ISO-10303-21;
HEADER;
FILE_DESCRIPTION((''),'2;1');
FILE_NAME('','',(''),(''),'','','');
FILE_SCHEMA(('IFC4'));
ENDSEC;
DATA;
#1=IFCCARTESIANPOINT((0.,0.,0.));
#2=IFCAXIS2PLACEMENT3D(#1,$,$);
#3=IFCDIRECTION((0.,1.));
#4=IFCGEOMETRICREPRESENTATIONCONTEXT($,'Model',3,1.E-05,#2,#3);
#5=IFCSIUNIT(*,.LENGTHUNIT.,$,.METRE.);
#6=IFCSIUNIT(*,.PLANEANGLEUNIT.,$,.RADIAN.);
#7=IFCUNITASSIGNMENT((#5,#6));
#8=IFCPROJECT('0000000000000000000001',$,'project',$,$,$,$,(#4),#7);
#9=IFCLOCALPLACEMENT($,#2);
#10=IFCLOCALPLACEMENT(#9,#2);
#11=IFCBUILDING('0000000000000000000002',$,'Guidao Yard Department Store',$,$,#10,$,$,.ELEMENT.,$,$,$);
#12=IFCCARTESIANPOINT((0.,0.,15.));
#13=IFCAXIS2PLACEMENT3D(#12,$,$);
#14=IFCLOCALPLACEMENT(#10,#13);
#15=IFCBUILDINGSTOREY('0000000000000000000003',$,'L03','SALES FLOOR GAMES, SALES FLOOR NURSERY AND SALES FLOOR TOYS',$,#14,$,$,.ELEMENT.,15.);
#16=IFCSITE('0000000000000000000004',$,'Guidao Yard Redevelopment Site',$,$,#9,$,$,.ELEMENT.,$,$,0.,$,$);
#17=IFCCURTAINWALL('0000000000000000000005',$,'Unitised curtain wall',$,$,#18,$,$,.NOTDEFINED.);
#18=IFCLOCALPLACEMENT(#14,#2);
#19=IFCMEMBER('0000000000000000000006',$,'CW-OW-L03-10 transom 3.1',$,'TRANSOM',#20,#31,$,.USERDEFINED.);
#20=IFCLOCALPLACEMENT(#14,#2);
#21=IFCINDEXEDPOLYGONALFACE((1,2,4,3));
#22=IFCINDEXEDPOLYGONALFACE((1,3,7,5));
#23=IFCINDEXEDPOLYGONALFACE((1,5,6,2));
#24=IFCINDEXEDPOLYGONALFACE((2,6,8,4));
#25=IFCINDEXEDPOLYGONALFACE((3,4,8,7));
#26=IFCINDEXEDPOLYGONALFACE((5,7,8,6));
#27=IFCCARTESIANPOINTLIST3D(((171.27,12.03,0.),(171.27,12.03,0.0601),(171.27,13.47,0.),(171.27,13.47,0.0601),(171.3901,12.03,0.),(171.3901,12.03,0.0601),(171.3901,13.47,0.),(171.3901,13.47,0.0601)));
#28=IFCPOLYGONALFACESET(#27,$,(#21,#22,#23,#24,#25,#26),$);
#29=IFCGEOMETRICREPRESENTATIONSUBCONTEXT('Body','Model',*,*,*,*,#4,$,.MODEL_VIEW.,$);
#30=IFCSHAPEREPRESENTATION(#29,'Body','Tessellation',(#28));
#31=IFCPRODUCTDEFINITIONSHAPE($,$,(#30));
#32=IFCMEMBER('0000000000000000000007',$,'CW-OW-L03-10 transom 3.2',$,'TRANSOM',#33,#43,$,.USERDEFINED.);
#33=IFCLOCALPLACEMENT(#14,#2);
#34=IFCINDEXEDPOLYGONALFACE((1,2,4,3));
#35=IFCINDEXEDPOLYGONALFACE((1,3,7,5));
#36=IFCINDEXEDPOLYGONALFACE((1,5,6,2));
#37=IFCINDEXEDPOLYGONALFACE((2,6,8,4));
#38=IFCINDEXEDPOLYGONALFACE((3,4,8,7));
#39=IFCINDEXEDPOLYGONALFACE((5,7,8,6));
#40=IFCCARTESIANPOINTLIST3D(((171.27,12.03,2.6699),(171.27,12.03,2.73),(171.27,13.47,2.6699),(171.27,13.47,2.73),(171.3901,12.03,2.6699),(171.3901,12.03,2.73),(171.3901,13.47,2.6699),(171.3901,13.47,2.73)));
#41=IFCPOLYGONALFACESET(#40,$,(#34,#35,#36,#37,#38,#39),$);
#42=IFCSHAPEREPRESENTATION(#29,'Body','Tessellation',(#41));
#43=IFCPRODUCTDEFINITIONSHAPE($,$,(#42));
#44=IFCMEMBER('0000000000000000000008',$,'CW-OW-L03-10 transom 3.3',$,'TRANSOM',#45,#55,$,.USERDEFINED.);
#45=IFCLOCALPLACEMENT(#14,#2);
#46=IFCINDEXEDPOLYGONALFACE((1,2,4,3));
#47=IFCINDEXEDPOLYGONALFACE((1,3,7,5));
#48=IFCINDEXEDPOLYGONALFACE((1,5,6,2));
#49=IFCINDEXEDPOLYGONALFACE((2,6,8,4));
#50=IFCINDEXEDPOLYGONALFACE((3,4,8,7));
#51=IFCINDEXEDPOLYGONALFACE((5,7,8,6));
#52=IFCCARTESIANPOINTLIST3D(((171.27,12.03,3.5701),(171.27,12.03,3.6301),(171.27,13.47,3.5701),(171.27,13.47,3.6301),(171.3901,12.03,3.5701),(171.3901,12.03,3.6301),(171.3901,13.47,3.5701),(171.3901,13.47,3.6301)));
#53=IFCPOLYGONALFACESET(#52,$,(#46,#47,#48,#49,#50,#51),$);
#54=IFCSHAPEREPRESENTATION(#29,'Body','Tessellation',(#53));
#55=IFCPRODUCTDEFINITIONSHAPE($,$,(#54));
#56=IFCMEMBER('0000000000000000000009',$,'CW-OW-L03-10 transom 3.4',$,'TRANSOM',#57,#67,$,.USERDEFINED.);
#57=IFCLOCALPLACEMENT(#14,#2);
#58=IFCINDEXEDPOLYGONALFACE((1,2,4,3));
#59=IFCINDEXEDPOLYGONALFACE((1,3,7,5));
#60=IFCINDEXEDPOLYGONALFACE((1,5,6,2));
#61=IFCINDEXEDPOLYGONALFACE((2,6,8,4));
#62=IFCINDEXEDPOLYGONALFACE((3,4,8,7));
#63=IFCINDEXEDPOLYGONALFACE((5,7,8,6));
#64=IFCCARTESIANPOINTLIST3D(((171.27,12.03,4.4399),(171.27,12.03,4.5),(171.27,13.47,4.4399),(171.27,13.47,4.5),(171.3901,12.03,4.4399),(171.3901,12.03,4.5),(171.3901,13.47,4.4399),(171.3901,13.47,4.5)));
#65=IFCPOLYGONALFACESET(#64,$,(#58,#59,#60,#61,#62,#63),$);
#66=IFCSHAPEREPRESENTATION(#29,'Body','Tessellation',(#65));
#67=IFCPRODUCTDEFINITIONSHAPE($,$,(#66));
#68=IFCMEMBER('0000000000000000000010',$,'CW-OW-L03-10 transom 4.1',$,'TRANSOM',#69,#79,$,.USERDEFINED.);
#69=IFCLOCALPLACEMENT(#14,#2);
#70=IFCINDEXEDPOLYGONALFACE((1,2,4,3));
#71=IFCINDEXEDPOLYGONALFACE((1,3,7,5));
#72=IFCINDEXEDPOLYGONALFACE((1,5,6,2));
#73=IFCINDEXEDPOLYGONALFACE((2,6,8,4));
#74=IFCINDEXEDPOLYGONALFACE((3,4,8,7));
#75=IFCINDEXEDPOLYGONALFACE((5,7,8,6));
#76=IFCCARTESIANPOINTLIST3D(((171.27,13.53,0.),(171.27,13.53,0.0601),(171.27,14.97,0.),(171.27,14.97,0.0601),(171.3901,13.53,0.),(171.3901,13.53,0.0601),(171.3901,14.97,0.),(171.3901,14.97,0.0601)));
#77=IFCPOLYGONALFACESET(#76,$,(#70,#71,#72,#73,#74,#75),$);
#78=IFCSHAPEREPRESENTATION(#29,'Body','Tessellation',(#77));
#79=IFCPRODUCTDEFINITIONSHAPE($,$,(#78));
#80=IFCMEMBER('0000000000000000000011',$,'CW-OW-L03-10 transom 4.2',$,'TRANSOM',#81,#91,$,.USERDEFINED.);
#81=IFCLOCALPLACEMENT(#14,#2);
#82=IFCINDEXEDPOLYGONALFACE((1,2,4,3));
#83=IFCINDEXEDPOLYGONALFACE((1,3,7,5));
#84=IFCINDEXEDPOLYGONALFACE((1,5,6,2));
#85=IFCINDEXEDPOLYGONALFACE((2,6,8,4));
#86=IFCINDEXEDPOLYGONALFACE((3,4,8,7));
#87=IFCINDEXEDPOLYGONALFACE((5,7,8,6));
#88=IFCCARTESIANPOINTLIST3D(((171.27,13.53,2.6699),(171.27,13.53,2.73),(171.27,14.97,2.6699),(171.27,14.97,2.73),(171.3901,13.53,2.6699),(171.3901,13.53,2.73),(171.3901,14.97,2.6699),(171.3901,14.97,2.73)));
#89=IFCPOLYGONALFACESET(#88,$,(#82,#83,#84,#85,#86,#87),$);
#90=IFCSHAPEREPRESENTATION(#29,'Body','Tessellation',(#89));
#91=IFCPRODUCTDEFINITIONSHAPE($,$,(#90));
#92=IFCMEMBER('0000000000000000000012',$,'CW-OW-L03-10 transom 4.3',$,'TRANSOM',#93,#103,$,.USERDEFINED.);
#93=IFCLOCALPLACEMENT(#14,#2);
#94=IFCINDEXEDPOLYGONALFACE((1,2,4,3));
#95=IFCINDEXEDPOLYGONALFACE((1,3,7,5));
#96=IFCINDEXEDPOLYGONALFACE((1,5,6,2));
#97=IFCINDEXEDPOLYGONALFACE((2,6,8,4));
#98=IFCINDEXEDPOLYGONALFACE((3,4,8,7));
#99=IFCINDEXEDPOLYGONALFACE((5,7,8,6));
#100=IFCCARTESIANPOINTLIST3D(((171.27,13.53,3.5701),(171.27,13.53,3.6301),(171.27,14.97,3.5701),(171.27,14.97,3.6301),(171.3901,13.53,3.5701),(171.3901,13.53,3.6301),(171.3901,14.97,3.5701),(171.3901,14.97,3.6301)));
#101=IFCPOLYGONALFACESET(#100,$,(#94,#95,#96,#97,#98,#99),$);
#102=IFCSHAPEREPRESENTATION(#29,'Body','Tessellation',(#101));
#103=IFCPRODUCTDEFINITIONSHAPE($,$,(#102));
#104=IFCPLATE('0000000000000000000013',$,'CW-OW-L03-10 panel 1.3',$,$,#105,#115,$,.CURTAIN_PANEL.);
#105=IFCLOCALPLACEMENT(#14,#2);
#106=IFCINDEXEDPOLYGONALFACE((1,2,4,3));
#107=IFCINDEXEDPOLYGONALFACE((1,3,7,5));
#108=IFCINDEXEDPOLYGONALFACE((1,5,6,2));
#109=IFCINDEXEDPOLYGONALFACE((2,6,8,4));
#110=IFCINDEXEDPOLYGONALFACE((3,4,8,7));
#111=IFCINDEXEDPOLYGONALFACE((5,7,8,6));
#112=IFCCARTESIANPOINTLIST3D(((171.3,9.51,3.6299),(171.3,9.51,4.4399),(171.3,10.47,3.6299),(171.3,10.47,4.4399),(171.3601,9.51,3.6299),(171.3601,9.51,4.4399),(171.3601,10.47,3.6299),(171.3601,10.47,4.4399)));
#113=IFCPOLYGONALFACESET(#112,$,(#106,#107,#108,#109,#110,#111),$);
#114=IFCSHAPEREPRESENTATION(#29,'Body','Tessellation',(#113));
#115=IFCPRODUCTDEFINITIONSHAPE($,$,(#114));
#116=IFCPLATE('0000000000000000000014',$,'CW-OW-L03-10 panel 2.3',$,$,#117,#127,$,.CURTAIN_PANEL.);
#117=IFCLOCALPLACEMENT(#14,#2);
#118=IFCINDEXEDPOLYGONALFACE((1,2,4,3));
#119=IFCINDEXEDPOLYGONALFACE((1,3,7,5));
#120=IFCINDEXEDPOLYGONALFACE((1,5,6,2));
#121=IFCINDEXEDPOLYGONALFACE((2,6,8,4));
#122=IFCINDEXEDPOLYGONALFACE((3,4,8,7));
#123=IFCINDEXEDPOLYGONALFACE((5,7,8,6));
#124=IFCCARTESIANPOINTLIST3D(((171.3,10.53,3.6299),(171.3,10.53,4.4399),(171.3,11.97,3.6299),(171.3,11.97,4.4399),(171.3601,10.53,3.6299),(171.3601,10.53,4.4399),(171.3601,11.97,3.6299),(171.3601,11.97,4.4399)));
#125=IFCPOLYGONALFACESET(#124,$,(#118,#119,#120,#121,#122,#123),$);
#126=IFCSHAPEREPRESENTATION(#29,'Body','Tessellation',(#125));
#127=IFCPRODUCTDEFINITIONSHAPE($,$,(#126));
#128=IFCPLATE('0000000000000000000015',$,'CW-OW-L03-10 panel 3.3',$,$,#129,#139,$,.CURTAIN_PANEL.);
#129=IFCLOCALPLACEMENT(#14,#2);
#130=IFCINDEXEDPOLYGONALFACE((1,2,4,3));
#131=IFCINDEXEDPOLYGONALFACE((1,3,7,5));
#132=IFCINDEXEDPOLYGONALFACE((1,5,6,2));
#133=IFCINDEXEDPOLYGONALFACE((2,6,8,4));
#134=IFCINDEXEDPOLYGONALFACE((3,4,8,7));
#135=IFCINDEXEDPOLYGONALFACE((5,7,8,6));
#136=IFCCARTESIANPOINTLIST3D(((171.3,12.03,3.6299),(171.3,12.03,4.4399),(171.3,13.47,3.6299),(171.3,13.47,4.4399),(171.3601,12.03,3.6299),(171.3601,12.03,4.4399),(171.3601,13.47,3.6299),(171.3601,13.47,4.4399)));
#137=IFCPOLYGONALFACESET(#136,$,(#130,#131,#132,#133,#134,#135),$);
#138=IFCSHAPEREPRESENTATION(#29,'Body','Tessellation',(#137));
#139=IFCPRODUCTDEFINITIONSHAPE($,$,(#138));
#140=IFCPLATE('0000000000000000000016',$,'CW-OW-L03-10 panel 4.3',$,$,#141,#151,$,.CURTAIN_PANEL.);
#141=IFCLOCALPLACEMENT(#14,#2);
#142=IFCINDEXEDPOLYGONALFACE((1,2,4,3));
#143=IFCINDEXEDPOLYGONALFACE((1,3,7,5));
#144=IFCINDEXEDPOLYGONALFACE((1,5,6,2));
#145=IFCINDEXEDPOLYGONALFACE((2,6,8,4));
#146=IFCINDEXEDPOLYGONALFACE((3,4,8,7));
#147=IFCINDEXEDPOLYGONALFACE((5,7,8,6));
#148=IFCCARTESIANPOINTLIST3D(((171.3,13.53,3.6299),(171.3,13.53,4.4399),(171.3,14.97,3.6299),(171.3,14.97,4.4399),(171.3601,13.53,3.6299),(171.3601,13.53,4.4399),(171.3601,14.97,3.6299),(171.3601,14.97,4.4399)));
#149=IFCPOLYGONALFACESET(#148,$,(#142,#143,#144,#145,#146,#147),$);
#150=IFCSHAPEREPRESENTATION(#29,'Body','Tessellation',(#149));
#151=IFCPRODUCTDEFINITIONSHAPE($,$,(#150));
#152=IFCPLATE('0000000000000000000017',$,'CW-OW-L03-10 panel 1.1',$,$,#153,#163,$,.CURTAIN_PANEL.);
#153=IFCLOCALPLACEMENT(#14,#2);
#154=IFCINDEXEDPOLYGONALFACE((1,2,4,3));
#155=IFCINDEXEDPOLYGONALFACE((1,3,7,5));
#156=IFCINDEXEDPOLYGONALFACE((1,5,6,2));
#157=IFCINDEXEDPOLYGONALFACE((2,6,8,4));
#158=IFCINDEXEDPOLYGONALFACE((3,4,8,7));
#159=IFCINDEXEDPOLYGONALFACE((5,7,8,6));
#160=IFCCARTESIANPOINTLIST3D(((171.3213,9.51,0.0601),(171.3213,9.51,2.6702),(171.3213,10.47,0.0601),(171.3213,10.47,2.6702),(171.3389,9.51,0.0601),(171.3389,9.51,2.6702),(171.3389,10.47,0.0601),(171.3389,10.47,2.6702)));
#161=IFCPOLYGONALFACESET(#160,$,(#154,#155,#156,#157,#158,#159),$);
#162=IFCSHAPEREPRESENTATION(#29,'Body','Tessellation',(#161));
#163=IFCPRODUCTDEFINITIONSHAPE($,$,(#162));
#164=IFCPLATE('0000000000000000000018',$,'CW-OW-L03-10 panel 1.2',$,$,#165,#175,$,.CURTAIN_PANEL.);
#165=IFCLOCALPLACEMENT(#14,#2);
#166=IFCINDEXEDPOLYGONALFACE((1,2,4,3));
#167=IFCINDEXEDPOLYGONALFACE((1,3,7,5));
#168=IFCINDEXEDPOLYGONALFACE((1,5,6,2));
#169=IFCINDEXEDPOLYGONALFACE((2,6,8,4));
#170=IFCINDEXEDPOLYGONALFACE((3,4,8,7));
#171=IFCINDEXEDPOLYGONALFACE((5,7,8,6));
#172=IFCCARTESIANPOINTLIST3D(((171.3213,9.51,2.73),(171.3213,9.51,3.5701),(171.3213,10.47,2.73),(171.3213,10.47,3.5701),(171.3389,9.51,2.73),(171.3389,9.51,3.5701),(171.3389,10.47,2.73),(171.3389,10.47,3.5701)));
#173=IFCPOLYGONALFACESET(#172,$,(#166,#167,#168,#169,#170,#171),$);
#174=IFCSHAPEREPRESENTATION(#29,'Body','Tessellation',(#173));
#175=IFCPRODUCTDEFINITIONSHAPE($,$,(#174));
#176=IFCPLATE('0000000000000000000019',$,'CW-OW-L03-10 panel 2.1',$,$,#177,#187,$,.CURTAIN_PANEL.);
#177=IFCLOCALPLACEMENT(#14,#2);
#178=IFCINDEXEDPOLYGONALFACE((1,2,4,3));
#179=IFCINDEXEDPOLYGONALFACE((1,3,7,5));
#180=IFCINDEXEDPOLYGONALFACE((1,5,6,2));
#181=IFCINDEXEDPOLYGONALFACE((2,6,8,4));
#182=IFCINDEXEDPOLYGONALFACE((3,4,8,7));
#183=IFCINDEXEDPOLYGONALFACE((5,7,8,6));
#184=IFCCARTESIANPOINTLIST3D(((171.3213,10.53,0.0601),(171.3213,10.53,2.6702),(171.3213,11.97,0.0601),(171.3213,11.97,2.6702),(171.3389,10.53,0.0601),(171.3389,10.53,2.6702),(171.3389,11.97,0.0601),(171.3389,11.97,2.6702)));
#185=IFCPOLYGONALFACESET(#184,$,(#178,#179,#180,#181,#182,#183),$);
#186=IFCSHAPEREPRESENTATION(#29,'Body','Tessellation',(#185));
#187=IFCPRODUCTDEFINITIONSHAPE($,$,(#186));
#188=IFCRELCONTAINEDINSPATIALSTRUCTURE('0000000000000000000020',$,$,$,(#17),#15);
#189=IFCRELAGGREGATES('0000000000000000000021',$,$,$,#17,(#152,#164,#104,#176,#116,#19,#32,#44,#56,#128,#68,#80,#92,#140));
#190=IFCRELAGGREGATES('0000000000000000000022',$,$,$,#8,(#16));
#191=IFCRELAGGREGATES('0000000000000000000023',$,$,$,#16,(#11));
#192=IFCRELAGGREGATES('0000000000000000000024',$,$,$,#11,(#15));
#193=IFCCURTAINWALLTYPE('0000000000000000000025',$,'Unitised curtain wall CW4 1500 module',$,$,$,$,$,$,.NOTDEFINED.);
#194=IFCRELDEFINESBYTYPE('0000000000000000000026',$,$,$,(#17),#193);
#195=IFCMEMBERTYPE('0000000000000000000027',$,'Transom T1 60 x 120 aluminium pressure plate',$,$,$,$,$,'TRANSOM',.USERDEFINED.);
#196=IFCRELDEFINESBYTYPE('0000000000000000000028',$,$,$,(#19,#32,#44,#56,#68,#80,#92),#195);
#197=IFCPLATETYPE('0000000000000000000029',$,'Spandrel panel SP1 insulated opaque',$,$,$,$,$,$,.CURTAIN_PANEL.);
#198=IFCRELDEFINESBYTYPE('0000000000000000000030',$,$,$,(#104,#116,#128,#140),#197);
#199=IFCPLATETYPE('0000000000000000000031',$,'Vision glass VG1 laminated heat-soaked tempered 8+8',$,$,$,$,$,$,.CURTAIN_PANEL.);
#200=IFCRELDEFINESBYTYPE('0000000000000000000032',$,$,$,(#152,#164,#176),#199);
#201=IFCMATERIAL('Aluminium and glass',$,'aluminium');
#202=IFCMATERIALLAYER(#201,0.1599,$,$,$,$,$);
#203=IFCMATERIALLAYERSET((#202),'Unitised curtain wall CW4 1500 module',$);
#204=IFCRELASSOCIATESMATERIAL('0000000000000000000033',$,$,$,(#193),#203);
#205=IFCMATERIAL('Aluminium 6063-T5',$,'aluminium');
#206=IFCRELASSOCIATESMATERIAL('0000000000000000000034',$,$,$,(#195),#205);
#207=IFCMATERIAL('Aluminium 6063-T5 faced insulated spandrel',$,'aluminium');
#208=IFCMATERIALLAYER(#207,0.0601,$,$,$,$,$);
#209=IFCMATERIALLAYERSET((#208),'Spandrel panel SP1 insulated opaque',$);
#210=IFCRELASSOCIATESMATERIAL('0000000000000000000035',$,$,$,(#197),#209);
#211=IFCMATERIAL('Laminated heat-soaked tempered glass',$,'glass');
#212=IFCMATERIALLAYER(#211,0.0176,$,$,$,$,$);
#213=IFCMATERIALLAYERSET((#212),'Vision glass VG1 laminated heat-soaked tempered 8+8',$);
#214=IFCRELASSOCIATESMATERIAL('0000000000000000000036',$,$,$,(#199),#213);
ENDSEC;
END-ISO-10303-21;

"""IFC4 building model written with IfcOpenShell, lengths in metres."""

from ifc_helpers import new_model, si_unit, direction, frame, origin, origin_2d, place, context, subcontext, project, spatial, rectangle, extrude, material, layer, layer_set, material_profile, profile_set, type_object, element, aggregate, save


model = new_model("IFC4")

# Units and contexts
model_context = context("Model", 3, precision=1e-05, world=origin(), true_north=direction((0.0, 1.0)))
body_context = subcontext(model_context, "Body", "Model", "MODEL_VIEW")
ifc_project = project(units=[si_unit("LENGTHUNIT", "METRE"), si_unit("PLANEANGLEUNIT", "RADIAN")], contexts=[model_context])

# Site, building, storey
site_placement = place(None, origin())
site = spatial("IfcSite", under=ifc_project, at=site_placement, Name="Guidao Yard Redevelopment Site", CompositionType="ELEMENT", RefElevation=0.0)
building_placement = place(site_placement, origin())
building = spatial("IfcBuilding", under=site, at=building_placement, Name="Guidao Yard Department Store", CompositionType="ELEMENT")
storey_placement = place(building_placement, frame((0.0, 0.0, 15.0)))
storey = spatial("IfcBuildingStorey", under=building, at=storey_placement, Name="L03", Description="SALES FLOOR GAMES, SALES FLOOR NURSERY AND SALES FLOOR TOYS", CompositionType="ELEMENT", Elevation=15.0)

# Shared definitions
ifc_material_1 = material(Name="Aluminium and glass", Category="aluminium")
ifc_layer_1 = layer(ifc_material_1, 0.1599)
ifc_layer_set_1 = layer_set([ifc_layer_1], Name="Unitised curtain wall CW4 1500 module")
curtain_wall_type = type_object("IfcCurtainWallType", Name="Unitised curtain wall CW4 1500 module", PredefinedType="NOTDEFINED", material=ifc_layer_set_1)

# Curtain wall
curtain_wall_1_placement = place(storey_placement, origin())
curtain_wall_1 = element("IfcCurtainWall", 1, at=curtain_wall_1_placement, inside=storey, type_object=curtain_wall_type, Name="Unitised curtain wall", PredefinedType="NOTDEFINED")

# Members
ifc_material_2 = material(Name="Aluminium 6063-T5", Category="aluminium")
ifc_material_profile_1 = material_profile(ifc_material_2, rectangle(XDim=0.1201, YDim=0.0601, at=origin_2d()), Name="Transom T1 60 x 120 aluminium pressure plate")
ifc_profile_set_1 = profile_set([ifc_material_profile_1], Name="Aluminium 6063-T5")
member_type_1 = type_object("IfcMemberType", Name="Transom T1 60 x 120 aluminium pressure plate", ElementType="TRANSOM", PredefinedType="USERDEFINED", material=ifc_profile_set_1)
member_1_placement = place(storey_placement, frame((171.3301, 13.47, 0.03), z_axis=(0.0, -1.0, 0.0), x_axis=(1.0, 0.0, 0.0)))
member_1 = element("IfcMember", 2, at=member_1_placement, type_object=member_type_1, Name="CW-OW-L03-10 transom 3.1", ObjectType="TRANSOM", PredefinedType="USERDEFINED", context=body_context, shape_type="SweptSolid", body=[
    extrude(rectangle(XDim=0.1201, YDim=0.0601, at=origin_2d()), origin(), (0.0, 0.0, 1.0), 1.4399),
])
member_2_placement = place(storey_placement, frame((171.3301, 13.47, 2.7), z_axis=(0.0, -1.0, 0.0), x_axis=(1.0, 0.0, 0.0)))
member_2 = element("IfcMember", 3, at=member_2_placement, type_object=member_type_1, Name="CW-OW-L03-10 transom 3.2", ObjectType="TRANSOM", PredefinedType="USERDEFINED", context=body_context, shape_type="SweptSolid", body=[
    extrude(rectangle(XDim=0.1201, YDim=0.0601, at=origin_2d()), origin(), (0.0, 0.0, 1.0), 1.4399),
])
member_3_placement = place(storey_placement, frame((171.3301, 13.47, 3.6001), z_axis=(0.0, -1.0, 0.0), x_axis=(1.0, 0.0, 0.0)))
member_3 = element("IfcMember", 4, at=member_3_placement, type_object=member_type_1, Name="CW-OW-L03-10 transom 3.3", ObjectType="TRANSOM", PredefinedType="USERDEFINED", context=body_context, shape_type="SweptSolid", body=[
    extrude(rectangle(XDim=0.1201, YDim=0.0601, at=origin_2d()), origin(), (0.0, 0.0, 1.0), 1.4399),
])
member_4_placement = place(storey_placement, frame((171.3301, 13.47, 4.47), z_axis=(0.0, -1.0, 0.0), x_axis=(1.0, 0.0, 0.0)))
member_4 = element("IfcMember", 5, at=member_4_placement, type_object=member_type_1, Name="CW-OW-L03-10 transom 3.4", ObjectType="TRANSOM", PredefinedType="USERDEFINED", context=body_context, shape_type="SweptSolid", body=[
    extrude(rectangle(XDim=0.1201, YDim=0.0601, at=origin_2d()), origin(), (0.0, 0.0, 1.0), 1.4399),
])
member_5_placement = place(storey_placement, frame((171.3301, 14.97, 0.03), z_axis=(0.0, -1.0, 0.0), x_axis=(1.0, 0.0, 0.0)))
member_5 = element("IfcMember", 6, at=member_5_placement, type_object=member_type_1, Name="CW-OW-L03-10 transom 4.1", ObjectType="TRANSOM", PredefinedType="USERDEFINED", context=body_context, shape_type="SweptSolid", body=[
    extrude(rectangle(XDim=0.1201, YDim=0.0601, at=origin_2d()), origin(), (0.0, 0.0, 1.0), 1.4399),
])
member_6_placement = place(storey_placement, frame((171.3301, 14.97, 2.7), z_axis=(0.0, -1.0, 0.0), x_axis=(1.0, 0.0, 0.0)))
member_6 = element("IfcMember", 7, at=member_6_placement, type_object=member_type_1, Name="CW-OW-L03-10 transom 4.2", ObjectType="TRANSOM", PredefinedType="USERDEFINED", context=body_context, shape_type="SweptSolid", body=[
    extrude(rectangle(XDim=0.1201, YDim=0.0601, at=origin_2d()), origin(), (0.0, 0.0, 1.0), 1.4399),
])
member_7_placement = place(storey_placement, frame((171.3301, 14.97, 3.6001), z_axis=(0.0, -1.0, 0.0), x_axis=(1.0, 0.0, 0.0)))
member_7 = element("IfcMember", 8, at=member_7_placement, type_object=member_type_1, Name="CW-OW-L03-10 transom 4.3", ObjectType="TRANSOM", PredefinedType="USERDEFINED", context=body_context, shape_type="SweptSolid", body=[
    extrude(rectangle(XDim=0.1201, YDim=0.0601, at=origin_2d()), origin(), (0.0, 0.0, 1.0), 1.4399),
])

# Plates
ifc_material_3 = material(Name="Aluminium 6063-T5 faced insulated spandrel", Category="aluminium")
ifc_layer_2 = layer(ifc_material_3, 0.0601)
ifc_layer_set_2 = layer_set([ifc_layer_2], Name="Spandrel panel SP1 insulated opaque")
plate_type_1 = type_object("IfcPlateType", Name="Spandrel panel SP1 insulated opaque", PredefinedType="CURTAIN_PANEL", material=ifc_layer_set_2)
plate_1_placement = place(storey_placement, frame((171.3301, 9.99, 3.6299), z_axis=(0.0, 0.0, 1.0), x_axis=(0.0, -1.0, 0.0)))
plate_1 = element("IfcPlate", 9, at=plate_1_placement, type_object=plate_type_1, Name="CW-OW-L03-10 panel 1.3", PredefinedType="CURTAIN_PANEL", context=body_context, shape_type="SweptSolid", body=[
    extrude(rectangle(XDim=0.96, YDim=0.0601, at=origin_2d()), origin(), (0.0, 0.0, 1.0), 0.8101),
])
plate_2_placement = place(storey_placement, frame((171.3301, 11.25, 3.6299), z_axis=(0.0, 0.0, 1.0), x_axis=(0.0, -1.0, 0.0)))
plate_2 = element("IfcPlate", 10, at=plate_2_placement, type_object=plate_type_1, Name="CW-OW-L03-10 panel 2.3", PredefinedType="CURTAIN_PANEL", context=body_context, shape_type="SweptSolid", body=[
    extrude(rectangle(XDim=1.4399, YDim=0.0601, at=origin_2d()), origin(), (0.0, 0.0, 1.0), 0.8101),
])
plate_3_placement = place(storey_placement, frame((171.3301, 12.75, 3.6299), z_axis=(0.0, 0.0, 1.0), x_axis=(0.0, -1.0, 0.0)))
plate_3 = element("IfcPlate", 11, at=plate_3_placement, type_object=plate_type_1, Name="CW-OW-L03-10 panel 3.3", PredefinedType="CURTAIN_PANEL", context=body_context, shape_type="SweptSolid", body=[
    extrude(rectangle(XDim=1.4399, YDim=0.0601, at=origin_2d()), origin(), (0.0, 0.0, 1.0), 0.8101),
])
plate_4_placement = place(storey_placement, frame((171.3301, 14.25, 3.6299), z_axis=(0.0, 0.0, 1.0), x_axis=(0.0, -1.0, 0.0)))
plate_4 = element("IfcPlate", 12, at=plate_4_placement, type_object=plate_type_1, Name="CW-OW-L03-10 panel 4.3", PredefinedType="CURTAIN_PANEL", context=body_context, shape_type="SweptSolid", body=[
    extrude(rectangle(XDim=1.4399, YDim=0.0601, at=origin_2d()), origin(), (0.0, 0.0, 1.0), 0.8101),
])
ifc_material_4 = material(Name="Laminated heat-soaked tempered glass", Category="glass")
ifc_layer_3 = layer(ifc_material_4, 0.0176)
ifc_layer_set_3 = layer_set([ifc_layer_3], Name="Vision glass VG1 laminated heat-soaked tempered 8+8")
plate_type_2 = type_object("IfcPlateType", Name="Vision glass VG1 laminated heat-soaked tempered 8+8", PredefinedType="CURTAIN_PANEL", material=ifc_layer_set_3)
plate_5_placement = place(storey_placement, frame((171.3301, 9.99, 0.0601), z_axis=(0.0, 0.0, 1.0), x_axis=(0.0, -1.0, 0.0)))
plate_5 = element("IfcPlate", 13, at=plate_5_placement, type_object=plate_type_2, Name="CW-OW-L03-10 panel 1.1", PredefinedType="CURTAIN_PANEL", context=body_context, shape_type="SweptSolid", body=[
    extrude(rectangle(XDim=0.96, YDim=0.0176, at=origin_2d()), origin(), (0.0, 0.0, 1.0), 2.6101),
])
plate_6_placement = place(storey_placement, frame((171.3301, 9.99, 2.73), z_axis=(0.0, 0.0, 1.0), x_axis=(0.0, -1.0, 0.0)))
plate_6 = element("IfcPlate", 14, at=plate_6_placement, type_object=plate_type_2, Name="CW-OW-L03-10 panel 1.2", PredefinedType="CURTAIN_PANEL", context=body_context, shape_type="SweptSolid", body=[
    extrude(rectangle(XDim=0.96, YDim=0.0176, at=origin_2d()), origin(), (0.0, 0.0, 1.0), 0.8401),
])
plate_7_placement = place(storey_placement, frame((171.3301, 11.25, 0.0601), z_axis=(0.0, 0.0, 1.0), x_axis=(0.0, -1.0, 0.0)))
plate_7 = element("IfcPlate", 15, at=plate_7_placement, type_object=plate_type_2, Name="CW-OW-L03-10 panel 2.1", PredefinedType="CURTAIN_PANEL", context=body_context, shape_type="SweptSolid", body=[
    extrude(rectangle(XDim=1.4399, YDim=0.0176, at=origin_2d()), origin(), (0.0, 0.0, 1.0), 2.6101),
])
aggregate(curtain_wall_1, [plate_5, plate_6, plate_1, plate_7, plate_2, member_1, member_2, member_3, member_4, plate_3, member_5, member_6, member_7, plate_4])

save(model, "model.ifc")
